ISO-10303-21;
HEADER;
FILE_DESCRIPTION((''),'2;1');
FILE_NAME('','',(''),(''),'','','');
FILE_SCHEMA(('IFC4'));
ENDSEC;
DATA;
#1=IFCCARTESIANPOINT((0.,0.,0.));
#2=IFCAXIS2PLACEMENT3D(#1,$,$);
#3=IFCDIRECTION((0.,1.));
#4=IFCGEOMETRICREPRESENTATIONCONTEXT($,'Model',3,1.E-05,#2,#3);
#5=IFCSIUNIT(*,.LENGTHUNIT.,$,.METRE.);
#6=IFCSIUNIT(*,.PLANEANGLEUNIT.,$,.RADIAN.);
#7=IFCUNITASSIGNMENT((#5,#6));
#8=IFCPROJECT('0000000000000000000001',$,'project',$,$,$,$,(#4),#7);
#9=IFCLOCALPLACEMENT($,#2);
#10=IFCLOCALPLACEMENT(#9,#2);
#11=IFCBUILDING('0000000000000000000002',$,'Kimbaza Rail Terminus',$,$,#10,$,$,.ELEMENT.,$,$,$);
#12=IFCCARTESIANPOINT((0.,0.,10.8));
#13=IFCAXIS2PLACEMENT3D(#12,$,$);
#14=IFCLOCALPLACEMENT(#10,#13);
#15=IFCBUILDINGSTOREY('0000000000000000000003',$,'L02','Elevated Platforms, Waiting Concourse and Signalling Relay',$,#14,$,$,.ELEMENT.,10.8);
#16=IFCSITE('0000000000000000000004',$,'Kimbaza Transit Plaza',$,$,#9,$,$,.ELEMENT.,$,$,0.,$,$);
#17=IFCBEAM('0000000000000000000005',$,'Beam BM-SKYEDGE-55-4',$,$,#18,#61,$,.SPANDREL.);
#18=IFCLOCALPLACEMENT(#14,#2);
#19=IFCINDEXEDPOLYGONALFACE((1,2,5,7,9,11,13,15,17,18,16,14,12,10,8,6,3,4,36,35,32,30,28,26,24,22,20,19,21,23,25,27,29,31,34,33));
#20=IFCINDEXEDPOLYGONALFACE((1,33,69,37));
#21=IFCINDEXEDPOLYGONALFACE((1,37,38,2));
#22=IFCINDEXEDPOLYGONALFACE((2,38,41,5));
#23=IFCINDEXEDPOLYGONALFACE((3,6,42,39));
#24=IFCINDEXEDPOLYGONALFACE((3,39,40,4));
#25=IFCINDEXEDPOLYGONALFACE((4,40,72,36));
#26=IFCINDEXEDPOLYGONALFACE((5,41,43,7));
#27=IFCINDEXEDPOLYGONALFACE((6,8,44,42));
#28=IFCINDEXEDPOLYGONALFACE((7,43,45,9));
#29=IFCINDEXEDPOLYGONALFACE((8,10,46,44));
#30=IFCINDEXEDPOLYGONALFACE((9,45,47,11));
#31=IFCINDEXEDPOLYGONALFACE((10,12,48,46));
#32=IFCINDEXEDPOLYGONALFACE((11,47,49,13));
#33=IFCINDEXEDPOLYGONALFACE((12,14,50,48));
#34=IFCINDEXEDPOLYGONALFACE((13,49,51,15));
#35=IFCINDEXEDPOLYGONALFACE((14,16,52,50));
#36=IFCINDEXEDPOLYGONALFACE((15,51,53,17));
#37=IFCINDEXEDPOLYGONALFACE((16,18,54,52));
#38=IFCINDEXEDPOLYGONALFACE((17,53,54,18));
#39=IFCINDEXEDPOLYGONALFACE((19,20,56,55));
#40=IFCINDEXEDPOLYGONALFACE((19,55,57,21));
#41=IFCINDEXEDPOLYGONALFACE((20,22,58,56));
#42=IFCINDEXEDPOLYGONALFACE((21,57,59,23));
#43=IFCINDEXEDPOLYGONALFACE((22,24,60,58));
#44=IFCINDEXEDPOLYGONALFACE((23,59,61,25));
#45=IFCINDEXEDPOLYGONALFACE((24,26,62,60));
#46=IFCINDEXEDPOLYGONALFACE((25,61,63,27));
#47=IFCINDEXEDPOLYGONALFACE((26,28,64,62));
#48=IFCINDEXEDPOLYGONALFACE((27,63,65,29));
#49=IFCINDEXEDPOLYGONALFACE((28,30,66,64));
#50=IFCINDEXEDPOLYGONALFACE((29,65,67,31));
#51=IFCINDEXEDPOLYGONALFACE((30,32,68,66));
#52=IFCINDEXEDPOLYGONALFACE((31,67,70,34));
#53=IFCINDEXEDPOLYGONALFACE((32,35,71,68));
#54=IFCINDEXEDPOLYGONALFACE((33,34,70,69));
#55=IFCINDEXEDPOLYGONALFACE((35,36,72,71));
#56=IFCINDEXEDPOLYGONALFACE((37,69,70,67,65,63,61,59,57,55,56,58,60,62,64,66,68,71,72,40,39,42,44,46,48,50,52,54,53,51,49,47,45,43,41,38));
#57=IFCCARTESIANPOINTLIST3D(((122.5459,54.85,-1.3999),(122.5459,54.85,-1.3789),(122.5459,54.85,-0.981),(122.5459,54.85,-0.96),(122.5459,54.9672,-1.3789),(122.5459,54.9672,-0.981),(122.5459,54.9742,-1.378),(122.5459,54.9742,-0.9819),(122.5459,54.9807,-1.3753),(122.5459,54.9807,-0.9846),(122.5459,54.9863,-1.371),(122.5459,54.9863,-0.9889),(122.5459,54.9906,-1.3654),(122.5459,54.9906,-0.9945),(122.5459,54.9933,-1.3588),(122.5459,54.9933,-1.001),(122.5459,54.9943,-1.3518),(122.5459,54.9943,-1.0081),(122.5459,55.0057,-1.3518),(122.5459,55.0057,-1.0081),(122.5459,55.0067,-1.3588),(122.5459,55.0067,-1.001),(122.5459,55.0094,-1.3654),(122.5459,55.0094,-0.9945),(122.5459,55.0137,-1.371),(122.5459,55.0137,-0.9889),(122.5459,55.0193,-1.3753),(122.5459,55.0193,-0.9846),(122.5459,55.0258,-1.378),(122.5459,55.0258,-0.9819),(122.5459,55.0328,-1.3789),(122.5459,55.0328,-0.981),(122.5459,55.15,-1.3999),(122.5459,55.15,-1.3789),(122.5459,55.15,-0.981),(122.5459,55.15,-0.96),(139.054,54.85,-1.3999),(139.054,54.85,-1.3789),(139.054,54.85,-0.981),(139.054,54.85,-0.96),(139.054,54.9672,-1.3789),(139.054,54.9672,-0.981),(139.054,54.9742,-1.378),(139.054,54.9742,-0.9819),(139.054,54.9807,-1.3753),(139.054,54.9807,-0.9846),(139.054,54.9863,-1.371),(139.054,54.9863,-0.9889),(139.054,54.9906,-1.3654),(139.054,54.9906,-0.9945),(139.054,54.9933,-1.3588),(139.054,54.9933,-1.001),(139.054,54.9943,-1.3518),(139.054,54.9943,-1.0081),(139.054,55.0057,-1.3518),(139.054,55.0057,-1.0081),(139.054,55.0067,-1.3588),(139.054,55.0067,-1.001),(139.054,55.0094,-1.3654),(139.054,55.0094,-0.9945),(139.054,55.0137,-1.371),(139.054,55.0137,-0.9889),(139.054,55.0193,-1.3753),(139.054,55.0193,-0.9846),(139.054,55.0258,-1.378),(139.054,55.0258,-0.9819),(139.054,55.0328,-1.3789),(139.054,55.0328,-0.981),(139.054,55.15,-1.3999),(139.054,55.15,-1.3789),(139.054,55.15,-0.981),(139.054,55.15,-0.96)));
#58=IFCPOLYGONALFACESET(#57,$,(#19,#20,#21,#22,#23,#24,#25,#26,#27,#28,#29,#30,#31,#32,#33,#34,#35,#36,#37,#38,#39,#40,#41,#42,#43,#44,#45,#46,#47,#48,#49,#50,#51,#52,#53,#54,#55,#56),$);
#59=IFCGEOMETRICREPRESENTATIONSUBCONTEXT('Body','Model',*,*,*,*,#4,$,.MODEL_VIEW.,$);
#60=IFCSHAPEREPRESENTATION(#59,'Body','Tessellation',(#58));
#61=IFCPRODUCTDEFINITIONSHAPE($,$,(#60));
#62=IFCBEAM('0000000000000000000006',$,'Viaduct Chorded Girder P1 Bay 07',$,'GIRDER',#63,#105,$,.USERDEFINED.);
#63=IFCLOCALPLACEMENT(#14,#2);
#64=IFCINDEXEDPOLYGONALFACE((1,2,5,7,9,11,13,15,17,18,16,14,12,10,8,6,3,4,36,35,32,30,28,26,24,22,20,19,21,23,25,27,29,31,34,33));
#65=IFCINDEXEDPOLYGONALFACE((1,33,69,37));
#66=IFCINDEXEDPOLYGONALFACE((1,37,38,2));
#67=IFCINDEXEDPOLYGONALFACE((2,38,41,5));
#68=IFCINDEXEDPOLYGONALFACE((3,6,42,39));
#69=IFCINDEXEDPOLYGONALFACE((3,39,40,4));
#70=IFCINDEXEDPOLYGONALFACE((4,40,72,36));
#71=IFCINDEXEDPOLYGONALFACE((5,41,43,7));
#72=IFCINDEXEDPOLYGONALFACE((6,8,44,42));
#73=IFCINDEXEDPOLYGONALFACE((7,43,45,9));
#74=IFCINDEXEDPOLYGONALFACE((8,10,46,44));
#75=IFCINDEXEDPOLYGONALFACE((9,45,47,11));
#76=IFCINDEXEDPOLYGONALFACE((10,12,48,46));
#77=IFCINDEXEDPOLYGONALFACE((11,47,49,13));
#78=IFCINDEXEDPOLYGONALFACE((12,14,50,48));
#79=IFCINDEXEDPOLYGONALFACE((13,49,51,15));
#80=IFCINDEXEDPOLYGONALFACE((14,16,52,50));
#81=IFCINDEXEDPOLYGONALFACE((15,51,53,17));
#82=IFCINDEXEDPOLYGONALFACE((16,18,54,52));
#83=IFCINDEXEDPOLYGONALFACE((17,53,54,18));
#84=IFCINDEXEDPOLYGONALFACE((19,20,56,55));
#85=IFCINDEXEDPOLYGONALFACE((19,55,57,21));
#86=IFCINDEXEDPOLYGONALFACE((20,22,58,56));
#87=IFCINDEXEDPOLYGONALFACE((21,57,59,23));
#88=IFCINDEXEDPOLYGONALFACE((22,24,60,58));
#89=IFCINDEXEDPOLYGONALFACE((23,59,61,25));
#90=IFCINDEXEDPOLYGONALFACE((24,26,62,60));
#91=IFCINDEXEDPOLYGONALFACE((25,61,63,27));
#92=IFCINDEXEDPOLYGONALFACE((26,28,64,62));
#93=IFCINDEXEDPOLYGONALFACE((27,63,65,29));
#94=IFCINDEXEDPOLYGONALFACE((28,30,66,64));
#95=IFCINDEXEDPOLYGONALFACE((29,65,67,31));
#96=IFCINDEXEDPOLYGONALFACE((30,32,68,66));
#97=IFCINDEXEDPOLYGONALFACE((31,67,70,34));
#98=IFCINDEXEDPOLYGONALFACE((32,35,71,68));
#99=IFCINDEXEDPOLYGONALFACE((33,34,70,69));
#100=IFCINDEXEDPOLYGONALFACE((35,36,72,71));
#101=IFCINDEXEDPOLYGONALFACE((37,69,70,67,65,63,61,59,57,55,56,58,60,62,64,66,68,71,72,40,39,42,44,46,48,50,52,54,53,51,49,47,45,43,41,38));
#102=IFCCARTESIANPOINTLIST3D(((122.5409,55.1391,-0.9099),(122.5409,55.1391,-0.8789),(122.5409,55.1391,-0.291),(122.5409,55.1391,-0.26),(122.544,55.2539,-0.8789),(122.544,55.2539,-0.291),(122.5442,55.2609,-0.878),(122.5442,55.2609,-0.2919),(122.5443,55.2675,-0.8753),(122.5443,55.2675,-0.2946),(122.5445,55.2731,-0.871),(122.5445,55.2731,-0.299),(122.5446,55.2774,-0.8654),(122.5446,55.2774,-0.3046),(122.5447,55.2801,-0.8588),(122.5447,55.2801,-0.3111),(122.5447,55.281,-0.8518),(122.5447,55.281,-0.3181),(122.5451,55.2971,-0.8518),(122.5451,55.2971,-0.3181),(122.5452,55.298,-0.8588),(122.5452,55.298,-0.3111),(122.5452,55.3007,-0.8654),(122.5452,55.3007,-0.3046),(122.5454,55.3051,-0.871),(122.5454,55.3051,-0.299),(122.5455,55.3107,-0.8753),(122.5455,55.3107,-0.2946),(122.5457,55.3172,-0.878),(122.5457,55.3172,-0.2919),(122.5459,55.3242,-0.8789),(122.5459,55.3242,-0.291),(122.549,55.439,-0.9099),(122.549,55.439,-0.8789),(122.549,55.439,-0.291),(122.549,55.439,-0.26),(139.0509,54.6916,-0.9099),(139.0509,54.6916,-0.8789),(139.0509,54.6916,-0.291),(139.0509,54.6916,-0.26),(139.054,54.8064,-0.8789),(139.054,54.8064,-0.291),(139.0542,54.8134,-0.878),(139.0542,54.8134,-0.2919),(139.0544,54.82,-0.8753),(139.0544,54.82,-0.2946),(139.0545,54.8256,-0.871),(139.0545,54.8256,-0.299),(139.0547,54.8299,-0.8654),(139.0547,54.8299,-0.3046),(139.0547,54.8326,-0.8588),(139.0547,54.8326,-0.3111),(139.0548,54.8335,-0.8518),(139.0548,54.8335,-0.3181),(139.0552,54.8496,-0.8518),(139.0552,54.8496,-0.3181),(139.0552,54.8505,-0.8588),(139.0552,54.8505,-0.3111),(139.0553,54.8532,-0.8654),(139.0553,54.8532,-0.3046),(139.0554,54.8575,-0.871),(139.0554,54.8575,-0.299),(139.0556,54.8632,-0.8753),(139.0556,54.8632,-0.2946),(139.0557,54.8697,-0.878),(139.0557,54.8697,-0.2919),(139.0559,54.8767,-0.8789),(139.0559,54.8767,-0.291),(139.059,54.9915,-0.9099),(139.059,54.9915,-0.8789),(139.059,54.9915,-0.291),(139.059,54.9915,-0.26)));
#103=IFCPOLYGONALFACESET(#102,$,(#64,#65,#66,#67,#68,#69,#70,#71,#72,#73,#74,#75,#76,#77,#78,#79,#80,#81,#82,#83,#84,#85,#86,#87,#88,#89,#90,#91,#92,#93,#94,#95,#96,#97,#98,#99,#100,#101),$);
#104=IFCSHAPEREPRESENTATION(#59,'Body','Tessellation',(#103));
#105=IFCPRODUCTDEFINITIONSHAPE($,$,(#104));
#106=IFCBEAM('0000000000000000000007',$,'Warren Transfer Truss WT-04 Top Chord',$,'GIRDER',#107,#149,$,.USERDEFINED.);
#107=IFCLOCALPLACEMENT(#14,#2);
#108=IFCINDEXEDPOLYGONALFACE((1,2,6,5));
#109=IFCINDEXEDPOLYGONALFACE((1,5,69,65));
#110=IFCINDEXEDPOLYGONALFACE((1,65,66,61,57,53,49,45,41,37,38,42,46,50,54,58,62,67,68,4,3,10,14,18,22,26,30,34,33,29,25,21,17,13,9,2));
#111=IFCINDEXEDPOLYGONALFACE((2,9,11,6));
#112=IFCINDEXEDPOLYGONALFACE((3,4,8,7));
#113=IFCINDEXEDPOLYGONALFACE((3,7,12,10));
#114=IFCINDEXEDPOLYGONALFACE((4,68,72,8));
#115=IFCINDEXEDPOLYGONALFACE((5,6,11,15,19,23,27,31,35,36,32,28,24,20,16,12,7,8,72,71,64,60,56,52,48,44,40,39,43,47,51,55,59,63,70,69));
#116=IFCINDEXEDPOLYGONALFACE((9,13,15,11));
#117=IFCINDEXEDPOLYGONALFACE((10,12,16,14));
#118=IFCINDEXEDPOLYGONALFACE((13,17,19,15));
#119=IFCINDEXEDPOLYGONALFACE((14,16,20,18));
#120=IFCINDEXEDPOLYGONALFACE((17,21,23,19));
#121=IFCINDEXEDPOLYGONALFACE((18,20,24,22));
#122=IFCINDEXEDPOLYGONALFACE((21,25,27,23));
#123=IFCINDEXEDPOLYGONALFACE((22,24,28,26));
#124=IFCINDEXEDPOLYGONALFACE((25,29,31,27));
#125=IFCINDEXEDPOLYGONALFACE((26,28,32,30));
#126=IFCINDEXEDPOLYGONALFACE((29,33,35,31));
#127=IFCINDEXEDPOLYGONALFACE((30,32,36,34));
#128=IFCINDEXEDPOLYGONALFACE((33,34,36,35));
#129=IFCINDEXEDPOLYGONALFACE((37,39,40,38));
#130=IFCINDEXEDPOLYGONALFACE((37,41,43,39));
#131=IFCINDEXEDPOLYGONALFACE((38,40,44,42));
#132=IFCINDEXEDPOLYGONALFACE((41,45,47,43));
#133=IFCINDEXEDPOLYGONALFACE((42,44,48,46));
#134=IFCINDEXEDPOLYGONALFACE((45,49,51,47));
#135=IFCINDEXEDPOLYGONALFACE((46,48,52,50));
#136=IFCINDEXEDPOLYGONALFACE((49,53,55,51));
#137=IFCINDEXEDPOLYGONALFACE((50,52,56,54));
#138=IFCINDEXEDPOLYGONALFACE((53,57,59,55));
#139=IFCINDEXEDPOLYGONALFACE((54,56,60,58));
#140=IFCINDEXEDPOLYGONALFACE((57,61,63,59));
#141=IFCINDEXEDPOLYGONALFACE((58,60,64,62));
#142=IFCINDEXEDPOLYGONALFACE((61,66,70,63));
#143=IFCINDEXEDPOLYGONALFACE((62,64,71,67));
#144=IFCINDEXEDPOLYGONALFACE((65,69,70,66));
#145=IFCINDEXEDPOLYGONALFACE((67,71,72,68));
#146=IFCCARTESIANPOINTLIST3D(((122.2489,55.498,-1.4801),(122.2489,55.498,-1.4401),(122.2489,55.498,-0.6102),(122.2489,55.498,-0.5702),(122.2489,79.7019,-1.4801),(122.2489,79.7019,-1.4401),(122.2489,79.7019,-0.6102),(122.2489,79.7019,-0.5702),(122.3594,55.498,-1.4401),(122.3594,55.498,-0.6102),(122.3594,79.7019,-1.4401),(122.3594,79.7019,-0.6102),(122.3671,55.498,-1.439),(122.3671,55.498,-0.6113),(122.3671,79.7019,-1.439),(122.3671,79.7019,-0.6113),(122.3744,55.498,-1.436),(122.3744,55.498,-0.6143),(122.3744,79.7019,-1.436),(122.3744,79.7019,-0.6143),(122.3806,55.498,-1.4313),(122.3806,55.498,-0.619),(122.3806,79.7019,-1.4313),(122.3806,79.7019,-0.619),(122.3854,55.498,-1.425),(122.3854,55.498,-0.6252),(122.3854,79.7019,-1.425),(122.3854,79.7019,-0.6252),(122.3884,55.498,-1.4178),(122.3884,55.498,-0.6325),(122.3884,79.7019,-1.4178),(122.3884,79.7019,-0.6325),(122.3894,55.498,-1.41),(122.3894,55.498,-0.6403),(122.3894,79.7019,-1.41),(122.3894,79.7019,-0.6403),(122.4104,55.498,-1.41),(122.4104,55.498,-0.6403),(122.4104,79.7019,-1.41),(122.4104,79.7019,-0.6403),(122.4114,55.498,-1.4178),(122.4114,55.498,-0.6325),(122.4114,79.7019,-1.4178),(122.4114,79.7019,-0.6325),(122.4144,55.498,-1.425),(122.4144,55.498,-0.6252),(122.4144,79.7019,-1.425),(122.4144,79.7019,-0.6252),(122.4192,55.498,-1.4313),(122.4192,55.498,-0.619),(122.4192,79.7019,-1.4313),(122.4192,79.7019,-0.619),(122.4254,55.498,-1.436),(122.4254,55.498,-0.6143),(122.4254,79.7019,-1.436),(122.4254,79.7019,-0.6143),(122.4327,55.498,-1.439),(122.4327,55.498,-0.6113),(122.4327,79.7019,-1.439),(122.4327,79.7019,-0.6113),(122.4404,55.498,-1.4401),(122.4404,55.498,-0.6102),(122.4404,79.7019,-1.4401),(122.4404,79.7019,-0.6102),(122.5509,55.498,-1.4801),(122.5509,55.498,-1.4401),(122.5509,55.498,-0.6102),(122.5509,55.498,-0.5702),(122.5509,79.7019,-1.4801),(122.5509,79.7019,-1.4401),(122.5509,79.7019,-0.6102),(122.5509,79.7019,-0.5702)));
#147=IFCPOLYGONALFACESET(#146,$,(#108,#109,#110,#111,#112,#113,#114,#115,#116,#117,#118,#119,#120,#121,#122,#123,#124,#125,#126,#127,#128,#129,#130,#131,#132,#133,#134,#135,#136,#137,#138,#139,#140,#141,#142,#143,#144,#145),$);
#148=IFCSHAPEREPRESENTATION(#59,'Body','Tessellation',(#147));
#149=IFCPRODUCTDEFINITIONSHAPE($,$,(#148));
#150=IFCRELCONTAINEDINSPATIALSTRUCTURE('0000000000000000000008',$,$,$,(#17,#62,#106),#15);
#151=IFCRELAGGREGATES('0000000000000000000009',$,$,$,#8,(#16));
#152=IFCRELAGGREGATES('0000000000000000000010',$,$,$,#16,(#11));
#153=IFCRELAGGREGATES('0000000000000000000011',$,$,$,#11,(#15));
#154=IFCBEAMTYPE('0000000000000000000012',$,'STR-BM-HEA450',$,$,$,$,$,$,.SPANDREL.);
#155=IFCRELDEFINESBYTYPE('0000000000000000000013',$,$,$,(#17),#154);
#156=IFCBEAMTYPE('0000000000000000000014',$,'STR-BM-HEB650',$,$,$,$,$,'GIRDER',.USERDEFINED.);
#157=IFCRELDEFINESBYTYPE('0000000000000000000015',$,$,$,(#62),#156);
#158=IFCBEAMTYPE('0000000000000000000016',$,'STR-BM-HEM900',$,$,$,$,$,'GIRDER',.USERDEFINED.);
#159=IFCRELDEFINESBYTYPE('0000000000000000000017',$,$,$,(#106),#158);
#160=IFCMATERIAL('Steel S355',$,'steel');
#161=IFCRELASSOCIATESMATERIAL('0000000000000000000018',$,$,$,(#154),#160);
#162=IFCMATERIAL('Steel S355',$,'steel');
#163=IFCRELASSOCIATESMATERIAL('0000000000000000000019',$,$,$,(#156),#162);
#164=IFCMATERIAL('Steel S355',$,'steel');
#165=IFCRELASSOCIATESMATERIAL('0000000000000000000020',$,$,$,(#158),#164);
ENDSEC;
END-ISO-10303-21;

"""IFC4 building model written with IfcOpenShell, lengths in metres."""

from ifc_helpers import new_model, si_unit, direction, frame, origin, origin_2d, place, context, subcontext, project, spatial, i_section, extrude, material, material_profile, profile_set, type_object, element, save


model = new_model("IFC4")

# Units and contexts
model_context = context("Model", 3, precision=1e-05, world=origin(), true_north=direction((0.0, 1.0)))
body_context = subcontext(model_context, "Body", "Model", "MODEL_VIEW")
ifc_project = project(units=[si_unit("LENGTHUNIT", "METRE"), si_unit("PLANEANGLEUNIT", "RADIAN")], contexts=[model_context])

# Site, building, storey
site_placement = place(None, origin())
site = spatial("IfcSite", under=ifc_project, at=site_placement, Name="Kimbaza Transit Plaza", CompositionType="ELEMENT", RefElevation=0.0)
building_placement = place(site_placement, origin())
building = spatial("IfcBuilding", under=site, at=building_placement, Name="Kimbaza Rail Terminus", CompositionType="ELEMENT")
storey_placement = place(building_placement, frame((0.0, 0.0, 10.8)))
storey = spatial("IfcBuildingStorey", under=building, at=storey_placement, Name="L02", Description="Elevated Platforms, Waiting Concourse and Signalling Relay", CompositionType="ELEMENT", Elevation=10.8)

# Beams
ifc_material_1 = material(Name="Steel S355", Category="steel")
ifc_material_profile_1 = material_profile(ifc_material_1, i_section(OverallWidth=0.3, OverallDepth=0.4399, WebThickness=0.0115, FlangeThickness=0.021, FilletRadius=0.0271, at=origin_2d()), Name="HEA 450")
ifc_profile_set_1 = profile_set([ifc_material_profile_1], Name="Steel S355")
beam_type_1 = type_object("IfcBeamType", Name="STR-BM-HEA450", PredefinedType="SPANDREL", material=ifc_profile_set_1)
beam_1_placement = place(storey_placement, frame((122.5459, 55.0, -1.1799), z_axis=(1.0, 0.0, 0.0), x_axis=(0.0, 1.0, 0.0)))
element("IfcBeam", 1, at=beam_1_placement, inside=storey, type_object=beam_type_1, Name="Beam BM-SKYEDGE-55-4", PredefinedType="SPANDREL", context=body_context, shape_type="SweptSolid", body=[
    extrude(i_section(OverallWidth=0.3, OverallDepth=0.4399, WebThickness=0.0115, FlangeThickness=0.021, FilletRadius=0.0271, at=origin_2d()), origin(), (0.0, 0.0, 1.0), 16.5081),
])
ifc_material_2 = material(Name="Steel S355", Category="steel")
ifc_material_profile_2 = material_profile(ifc_material_2, i_section(OverallWidth=0.3, OverallDepth=0.6499, WebThickness=0.0161, FlangeThickness=0.031, FilletRadius=0.0271, at=origin_2d()), Name="HEB 650")
ifc_profile_set_2 = profile_set([ifc_material_profile_2], Name="Steel S355")
beam_type_2 = type_object("IfcBeamType", Name="STR-BM-HEB650", ElementType="GIRDER", PredefinedType="USERDEFINED", material=ifc_profile_set_2)
beam_2_placement = place(storey_placement, frame((122.5449, 55.2891, -0.585), z_axis=(0.999633, -0.027095, 0.0), x_axis=(0.027095, 0.999633, 0.0)))
element("IfcBeam", 2, at=beam_2_placement, inside=storey, type_object=beam_type_2, Name="Viaduct Chorded Girder P1 Bay 07", ObjectType="GIRDER", PredefinedType="USERDEFINED", context=body_context, shape_type="SweptSolid", body=[
    extrude(i_section(OverallWidth=0.3, OverallDepth=0.6499, WebThickness=0.0161, FlangeThickness=0.031, FilletRadius=0.0271, at=origin_2d()), origin(), (0.0, 0.0, 1.0), 16.5161),
])
ifc_material_3 = material(Name="Steel S355", Category="steel")
ifc_material_profile_3 = material_profile(ifc_material_3, i_section(OverallWidth=0.302, OverallDepth=0.9099, WebThickness=0.021, FlangeThickness=0.04, FilletRadius=0.03, at=origin_2d()), Name="HEM 900")
ifc_profile_set_3 = profile_set([ifc_material_profile_3], Name="Steel S355")
beam_type_3 = type_object("IfcBeamType", Name="STR-BM-HEM900", ElementType="GIRDER", PredefinedType="USERDEFINED", material=ifc_profile_set_3)
beam_3_placement = place(storey_placement, frame((122.3999, 55.498, -1.0251), z_axis=(0.0, 1.0, 0.0), x_axis=(-1.0, 0.0, 0.0)))
element("IfcBeam", 3, at=beam_3_placement, inside=storey, type_object=beam_type_3, Name="Warren Transfer Truss WT-04 Top Chord", ObjectType="GIRDER", PredefinedType="USERDEFINED", context=body_context, shape_type="SweptSolid", body=[
    extrude(i_section(OverallWidth=0.302, OverallDepth=0.9099, WebThickness=0.021, FlangeThickness=0.04, FilletRadius=0.03, at=origin_2d()), origin(), (0.0, 0.0, 1.0), 24.2039),
])

save(model, "model.ifc")
